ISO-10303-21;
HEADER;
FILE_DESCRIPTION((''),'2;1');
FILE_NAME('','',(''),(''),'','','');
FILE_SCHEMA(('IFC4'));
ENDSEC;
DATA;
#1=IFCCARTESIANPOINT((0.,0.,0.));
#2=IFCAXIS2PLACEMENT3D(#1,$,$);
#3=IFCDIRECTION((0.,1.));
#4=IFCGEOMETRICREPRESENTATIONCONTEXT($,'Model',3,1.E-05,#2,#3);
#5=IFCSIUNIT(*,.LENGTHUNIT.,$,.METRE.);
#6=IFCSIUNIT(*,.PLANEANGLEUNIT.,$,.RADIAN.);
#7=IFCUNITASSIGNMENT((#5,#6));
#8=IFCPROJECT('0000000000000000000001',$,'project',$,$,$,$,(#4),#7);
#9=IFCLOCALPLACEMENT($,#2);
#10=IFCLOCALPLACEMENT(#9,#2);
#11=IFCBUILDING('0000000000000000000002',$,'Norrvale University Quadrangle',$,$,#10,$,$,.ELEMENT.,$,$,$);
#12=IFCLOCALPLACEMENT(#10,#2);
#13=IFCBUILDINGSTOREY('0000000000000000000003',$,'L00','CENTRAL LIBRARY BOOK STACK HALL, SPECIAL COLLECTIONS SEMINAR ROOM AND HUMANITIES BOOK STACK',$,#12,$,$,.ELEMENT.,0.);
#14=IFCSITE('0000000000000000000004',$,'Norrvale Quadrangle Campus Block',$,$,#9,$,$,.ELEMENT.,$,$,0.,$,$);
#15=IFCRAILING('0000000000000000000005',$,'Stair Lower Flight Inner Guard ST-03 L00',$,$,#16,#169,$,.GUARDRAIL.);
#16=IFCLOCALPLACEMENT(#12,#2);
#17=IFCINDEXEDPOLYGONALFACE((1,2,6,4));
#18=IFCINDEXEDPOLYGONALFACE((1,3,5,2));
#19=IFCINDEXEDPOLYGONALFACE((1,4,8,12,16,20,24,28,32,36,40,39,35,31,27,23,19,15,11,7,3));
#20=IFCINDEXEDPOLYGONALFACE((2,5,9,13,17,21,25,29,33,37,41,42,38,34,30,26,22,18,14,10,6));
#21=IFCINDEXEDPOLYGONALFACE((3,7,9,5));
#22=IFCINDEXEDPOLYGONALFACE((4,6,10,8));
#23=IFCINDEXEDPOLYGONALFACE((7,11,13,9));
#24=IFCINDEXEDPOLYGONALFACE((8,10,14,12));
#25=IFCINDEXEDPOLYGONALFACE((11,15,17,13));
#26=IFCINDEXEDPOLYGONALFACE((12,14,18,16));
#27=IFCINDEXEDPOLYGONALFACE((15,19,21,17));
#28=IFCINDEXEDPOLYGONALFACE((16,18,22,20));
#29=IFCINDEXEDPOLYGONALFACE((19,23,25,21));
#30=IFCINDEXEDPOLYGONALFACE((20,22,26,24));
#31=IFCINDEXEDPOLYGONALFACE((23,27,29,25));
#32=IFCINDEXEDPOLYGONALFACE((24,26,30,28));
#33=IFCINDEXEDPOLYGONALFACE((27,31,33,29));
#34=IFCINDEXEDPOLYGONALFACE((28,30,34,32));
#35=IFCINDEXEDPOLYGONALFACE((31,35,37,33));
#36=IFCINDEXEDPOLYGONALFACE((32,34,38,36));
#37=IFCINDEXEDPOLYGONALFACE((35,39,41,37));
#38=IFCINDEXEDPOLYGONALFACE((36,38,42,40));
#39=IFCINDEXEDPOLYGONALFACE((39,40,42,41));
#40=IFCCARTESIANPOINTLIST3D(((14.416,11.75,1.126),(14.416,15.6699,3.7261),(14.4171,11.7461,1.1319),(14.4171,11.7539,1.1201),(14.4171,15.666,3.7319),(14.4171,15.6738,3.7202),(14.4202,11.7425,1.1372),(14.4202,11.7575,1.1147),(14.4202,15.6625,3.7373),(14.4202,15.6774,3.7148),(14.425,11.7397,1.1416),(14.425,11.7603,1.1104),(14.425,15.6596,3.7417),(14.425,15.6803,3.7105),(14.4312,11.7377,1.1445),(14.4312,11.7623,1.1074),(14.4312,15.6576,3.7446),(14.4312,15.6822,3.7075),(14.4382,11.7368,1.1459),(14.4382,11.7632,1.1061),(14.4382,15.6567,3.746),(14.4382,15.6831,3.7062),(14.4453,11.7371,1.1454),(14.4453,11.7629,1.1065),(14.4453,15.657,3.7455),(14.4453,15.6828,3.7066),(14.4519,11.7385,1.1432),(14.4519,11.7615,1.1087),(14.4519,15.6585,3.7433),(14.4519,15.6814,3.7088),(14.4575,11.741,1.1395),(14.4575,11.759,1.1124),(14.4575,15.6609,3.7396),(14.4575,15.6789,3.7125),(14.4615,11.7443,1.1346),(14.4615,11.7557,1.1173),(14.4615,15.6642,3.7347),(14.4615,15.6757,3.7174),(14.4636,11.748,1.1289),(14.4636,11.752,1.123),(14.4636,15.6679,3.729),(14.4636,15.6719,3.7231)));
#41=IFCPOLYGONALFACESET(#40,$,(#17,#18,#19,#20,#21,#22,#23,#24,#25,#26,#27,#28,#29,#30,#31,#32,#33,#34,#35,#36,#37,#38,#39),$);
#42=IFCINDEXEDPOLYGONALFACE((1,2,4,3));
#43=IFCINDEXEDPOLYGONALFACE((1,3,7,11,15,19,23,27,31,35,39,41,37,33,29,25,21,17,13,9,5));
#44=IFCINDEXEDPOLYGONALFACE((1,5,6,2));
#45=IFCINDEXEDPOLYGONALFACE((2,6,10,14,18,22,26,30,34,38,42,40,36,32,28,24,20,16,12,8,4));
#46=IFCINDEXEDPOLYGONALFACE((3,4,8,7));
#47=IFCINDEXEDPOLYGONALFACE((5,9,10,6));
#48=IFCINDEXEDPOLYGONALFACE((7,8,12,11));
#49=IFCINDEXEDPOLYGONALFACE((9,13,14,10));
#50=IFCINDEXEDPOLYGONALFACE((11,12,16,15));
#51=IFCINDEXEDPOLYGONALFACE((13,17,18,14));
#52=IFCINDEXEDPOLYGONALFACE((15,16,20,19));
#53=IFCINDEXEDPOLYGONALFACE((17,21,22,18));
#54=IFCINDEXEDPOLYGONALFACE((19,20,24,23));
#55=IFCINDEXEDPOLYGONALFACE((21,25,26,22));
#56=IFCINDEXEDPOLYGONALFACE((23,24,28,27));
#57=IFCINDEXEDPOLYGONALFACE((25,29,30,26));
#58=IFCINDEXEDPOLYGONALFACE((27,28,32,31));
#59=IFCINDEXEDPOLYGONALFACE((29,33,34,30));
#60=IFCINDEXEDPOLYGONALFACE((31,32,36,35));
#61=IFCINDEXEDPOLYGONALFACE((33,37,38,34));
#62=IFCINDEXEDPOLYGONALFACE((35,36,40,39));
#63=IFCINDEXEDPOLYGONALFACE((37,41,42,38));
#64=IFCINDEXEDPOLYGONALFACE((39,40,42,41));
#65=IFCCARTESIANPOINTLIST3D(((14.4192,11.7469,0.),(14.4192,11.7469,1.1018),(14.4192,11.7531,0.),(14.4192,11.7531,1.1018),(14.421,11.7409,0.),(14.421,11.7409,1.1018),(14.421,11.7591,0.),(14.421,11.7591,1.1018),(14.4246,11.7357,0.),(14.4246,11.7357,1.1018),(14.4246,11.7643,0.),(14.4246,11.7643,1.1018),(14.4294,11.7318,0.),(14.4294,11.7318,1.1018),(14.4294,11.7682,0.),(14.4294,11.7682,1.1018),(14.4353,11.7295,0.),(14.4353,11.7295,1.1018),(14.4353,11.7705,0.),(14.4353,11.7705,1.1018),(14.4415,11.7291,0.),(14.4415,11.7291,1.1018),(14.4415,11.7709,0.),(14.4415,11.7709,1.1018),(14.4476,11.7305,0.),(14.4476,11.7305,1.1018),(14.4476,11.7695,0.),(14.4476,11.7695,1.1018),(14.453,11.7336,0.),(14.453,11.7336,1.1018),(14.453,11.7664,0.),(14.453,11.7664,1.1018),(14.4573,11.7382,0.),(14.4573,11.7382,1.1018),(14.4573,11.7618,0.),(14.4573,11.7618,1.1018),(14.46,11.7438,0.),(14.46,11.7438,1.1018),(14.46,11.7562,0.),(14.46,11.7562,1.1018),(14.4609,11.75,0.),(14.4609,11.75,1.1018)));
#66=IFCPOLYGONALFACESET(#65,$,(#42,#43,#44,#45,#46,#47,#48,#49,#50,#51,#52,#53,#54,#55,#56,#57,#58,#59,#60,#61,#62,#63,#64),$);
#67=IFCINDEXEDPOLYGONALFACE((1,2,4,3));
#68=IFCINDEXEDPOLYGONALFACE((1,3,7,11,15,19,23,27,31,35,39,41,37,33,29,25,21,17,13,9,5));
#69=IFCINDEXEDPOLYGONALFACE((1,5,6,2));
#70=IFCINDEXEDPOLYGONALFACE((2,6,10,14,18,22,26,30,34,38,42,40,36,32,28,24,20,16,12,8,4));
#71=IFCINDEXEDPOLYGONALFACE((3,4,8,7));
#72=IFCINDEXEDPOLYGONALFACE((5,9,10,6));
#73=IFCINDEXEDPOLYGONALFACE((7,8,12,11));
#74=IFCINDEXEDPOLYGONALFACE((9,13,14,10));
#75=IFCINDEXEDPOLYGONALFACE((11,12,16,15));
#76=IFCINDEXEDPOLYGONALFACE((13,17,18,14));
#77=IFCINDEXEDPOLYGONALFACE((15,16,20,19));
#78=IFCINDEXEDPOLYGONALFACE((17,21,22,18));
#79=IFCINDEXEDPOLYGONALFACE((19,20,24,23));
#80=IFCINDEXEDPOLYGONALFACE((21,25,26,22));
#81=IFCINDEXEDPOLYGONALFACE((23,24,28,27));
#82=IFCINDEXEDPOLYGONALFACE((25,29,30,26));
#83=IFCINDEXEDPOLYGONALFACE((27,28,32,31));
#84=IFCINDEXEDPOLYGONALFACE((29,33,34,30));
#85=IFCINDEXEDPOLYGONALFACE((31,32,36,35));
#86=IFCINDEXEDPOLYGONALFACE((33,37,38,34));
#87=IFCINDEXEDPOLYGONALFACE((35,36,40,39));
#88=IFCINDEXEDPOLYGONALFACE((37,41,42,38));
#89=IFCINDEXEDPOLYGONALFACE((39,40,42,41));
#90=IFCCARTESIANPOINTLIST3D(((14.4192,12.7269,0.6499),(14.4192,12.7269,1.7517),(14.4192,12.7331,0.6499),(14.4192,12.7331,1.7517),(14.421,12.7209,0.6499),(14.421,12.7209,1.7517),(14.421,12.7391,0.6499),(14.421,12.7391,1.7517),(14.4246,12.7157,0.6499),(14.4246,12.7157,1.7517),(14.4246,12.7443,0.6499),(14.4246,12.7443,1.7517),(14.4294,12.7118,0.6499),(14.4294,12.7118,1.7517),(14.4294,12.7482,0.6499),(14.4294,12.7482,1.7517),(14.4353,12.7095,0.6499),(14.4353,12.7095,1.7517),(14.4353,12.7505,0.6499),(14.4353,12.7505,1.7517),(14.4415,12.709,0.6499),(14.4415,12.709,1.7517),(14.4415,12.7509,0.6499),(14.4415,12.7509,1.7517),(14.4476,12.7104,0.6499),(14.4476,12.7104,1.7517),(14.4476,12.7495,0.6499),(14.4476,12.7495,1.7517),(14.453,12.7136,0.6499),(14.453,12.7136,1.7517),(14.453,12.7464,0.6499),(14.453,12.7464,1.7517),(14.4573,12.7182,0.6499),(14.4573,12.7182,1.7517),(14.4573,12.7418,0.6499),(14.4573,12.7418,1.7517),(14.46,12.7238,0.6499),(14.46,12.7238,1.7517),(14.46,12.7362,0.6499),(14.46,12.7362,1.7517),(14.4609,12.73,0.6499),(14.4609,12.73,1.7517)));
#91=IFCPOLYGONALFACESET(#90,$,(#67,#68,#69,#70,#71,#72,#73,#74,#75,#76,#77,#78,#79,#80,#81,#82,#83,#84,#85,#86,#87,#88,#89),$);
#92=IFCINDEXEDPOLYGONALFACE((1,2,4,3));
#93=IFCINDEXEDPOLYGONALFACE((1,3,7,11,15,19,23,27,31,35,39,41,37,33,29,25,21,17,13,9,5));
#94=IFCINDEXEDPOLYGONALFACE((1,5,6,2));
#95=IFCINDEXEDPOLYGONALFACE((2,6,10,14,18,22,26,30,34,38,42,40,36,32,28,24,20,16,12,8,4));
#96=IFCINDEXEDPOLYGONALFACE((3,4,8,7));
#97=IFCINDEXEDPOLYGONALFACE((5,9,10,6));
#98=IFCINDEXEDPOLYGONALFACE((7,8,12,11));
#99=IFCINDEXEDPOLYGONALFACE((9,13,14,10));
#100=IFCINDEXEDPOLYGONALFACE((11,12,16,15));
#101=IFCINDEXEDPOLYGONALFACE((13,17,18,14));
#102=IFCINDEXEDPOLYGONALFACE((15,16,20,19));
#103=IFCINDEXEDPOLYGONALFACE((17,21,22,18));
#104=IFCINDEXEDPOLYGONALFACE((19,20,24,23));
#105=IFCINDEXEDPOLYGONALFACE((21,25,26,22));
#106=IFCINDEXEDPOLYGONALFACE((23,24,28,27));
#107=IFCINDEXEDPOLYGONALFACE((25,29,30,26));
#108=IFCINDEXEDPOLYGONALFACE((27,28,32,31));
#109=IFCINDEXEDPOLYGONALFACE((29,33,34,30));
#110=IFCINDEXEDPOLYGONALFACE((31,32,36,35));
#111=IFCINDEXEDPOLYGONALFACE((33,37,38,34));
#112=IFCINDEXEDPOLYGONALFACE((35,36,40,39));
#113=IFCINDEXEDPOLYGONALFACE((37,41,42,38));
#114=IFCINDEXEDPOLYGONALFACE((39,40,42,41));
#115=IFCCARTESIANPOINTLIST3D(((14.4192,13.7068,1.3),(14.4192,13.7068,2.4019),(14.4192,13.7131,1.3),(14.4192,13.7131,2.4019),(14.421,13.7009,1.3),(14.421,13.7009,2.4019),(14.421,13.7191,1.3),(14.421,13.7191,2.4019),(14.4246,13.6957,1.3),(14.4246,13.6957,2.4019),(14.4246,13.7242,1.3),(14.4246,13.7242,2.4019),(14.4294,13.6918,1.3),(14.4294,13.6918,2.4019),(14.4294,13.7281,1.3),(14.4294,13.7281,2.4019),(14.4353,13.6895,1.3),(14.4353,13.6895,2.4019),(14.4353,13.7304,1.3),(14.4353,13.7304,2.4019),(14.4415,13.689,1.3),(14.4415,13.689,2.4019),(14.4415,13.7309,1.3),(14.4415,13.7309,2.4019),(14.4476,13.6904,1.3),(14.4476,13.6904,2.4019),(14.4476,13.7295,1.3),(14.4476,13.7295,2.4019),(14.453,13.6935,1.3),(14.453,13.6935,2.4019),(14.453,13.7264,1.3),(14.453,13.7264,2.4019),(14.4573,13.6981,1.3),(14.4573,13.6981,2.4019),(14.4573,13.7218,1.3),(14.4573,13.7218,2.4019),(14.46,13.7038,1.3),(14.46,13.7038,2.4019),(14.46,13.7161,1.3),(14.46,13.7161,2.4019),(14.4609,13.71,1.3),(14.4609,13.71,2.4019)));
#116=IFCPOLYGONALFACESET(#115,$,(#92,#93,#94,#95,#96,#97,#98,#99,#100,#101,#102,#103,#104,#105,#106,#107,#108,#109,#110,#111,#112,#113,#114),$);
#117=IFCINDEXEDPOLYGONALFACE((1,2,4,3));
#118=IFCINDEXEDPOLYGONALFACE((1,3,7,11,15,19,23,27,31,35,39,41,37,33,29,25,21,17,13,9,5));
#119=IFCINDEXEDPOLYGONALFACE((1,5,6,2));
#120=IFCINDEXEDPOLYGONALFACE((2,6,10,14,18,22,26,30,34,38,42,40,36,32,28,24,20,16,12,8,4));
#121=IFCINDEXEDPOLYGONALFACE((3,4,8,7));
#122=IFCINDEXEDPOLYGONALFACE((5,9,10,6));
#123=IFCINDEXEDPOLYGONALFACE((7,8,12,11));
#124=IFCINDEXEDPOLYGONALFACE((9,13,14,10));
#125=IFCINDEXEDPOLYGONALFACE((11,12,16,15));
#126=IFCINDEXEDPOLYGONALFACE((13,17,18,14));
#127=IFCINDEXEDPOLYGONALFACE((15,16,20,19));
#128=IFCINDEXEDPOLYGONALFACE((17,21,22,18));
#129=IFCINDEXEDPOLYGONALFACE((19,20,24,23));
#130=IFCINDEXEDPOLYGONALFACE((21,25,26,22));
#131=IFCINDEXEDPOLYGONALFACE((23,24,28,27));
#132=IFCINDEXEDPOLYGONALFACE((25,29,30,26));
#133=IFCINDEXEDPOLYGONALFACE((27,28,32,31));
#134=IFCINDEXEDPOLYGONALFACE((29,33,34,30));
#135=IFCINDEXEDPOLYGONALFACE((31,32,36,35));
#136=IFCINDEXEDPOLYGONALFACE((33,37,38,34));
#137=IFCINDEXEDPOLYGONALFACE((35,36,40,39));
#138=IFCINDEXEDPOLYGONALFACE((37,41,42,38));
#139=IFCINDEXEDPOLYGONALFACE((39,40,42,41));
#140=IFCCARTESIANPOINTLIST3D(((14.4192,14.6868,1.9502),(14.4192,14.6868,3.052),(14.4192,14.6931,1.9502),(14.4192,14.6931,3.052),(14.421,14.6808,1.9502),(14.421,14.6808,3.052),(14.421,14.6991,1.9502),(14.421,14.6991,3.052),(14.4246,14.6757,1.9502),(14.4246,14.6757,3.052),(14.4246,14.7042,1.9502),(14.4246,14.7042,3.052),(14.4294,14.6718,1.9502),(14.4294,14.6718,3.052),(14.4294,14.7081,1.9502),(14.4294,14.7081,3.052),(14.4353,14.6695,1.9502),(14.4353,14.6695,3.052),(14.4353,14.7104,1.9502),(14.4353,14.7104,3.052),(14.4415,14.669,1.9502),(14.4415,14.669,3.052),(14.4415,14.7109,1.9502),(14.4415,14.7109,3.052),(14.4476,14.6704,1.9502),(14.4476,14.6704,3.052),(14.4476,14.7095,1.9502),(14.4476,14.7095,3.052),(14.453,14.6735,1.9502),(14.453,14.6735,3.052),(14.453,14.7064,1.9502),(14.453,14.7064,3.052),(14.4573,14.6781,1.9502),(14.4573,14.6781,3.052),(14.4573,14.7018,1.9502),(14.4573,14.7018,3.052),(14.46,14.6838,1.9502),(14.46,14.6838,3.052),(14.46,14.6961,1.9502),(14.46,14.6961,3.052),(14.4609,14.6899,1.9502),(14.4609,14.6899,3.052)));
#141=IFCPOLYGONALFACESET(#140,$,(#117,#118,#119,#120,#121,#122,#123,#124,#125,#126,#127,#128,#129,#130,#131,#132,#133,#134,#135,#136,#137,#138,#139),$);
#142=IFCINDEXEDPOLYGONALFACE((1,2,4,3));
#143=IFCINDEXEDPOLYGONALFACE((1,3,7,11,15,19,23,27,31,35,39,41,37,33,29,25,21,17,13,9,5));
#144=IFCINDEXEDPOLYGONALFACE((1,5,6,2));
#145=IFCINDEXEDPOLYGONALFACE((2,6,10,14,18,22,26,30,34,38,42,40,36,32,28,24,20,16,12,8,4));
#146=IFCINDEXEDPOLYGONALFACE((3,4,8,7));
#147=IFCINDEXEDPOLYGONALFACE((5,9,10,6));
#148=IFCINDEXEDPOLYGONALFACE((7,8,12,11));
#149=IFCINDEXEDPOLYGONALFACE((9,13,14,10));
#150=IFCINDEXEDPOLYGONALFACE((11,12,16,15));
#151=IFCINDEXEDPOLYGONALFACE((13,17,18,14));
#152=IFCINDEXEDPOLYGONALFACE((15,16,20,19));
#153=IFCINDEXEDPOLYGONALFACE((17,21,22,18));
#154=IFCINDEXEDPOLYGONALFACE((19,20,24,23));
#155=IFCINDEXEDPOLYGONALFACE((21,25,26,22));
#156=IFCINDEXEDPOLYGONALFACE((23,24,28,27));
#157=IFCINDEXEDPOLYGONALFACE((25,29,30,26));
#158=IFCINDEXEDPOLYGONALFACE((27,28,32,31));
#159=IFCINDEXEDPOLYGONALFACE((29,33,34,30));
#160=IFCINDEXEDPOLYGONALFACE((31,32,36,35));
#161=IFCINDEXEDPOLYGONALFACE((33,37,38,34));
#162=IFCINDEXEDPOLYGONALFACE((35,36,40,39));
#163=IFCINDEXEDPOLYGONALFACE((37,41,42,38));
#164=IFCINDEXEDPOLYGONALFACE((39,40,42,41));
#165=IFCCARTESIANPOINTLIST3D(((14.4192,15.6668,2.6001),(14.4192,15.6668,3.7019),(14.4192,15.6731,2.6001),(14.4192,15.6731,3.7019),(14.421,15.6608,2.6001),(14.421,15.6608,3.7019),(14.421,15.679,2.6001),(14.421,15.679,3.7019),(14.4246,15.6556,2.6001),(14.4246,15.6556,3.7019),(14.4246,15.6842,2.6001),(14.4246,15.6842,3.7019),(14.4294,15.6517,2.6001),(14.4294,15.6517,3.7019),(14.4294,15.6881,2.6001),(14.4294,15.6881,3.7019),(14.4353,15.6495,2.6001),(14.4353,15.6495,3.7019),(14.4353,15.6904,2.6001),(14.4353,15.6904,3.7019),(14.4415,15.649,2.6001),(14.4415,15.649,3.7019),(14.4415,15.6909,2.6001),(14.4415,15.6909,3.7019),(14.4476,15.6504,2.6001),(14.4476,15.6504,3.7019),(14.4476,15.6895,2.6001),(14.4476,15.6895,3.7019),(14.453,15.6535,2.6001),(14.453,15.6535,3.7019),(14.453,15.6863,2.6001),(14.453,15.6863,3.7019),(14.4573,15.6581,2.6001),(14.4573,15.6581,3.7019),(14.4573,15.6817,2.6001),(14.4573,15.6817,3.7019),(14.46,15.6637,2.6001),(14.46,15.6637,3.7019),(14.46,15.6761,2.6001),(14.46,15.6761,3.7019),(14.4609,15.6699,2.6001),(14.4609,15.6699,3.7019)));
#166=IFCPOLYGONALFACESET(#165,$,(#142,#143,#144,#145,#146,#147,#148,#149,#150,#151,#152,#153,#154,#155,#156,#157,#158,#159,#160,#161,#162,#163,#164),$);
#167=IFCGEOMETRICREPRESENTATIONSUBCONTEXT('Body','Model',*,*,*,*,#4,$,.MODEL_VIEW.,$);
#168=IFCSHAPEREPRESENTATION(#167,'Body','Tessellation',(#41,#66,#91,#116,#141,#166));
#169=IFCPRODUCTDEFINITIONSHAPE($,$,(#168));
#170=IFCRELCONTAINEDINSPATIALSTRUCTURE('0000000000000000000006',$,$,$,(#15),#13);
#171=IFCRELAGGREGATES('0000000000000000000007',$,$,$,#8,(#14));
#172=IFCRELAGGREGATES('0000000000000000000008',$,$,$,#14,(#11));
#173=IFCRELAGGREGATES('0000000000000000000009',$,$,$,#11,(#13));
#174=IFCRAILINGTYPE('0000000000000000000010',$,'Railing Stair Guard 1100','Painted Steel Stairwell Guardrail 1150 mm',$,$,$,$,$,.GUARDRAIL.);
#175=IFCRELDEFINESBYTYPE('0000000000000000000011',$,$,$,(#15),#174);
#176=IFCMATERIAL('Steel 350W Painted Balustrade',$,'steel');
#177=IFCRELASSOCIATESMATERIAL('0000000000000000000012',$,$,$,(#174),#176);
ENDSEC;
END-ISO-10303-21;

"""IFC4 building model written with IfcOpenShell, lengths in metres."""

from ifc_helpers import new_model, si_unit, direction, frame, origin, origin_2d, place, context, subcontext, project, spatial, circle, extrude, material, type_object, element, save


model = new_model("IFC4")

# Units and contexts
model_context = context("Model", 3, precision=1e-05, world=origin(), true_north=direction((0.0, 1.0)))
body_context = subcontext(model_context, "Body", "Model", "MODEL_VIEW")
ifc_project = project(units=[si_unit("LENGTHUNIT", "METRE"), si_unit("PLANEANGLEUNIT", "RADIAN")], contexts=[model_context])

# Site, building, storey
site_placement = place(None, origin())
site = spatial("IfcSite", under=ifc_project, at=site_placement, Name="Norrvale Quadrangle Campus Block", CompositionType="ELEMENT", RefElevation=0.0)
building_placement = place(site_placement, origin())
building = spatial("IfcBuilding", under=site, at=building_placement, Name="Norrvale University Quadrangle", CompositionType="ELEMENT")
storey_placement = place(building_placement, origin())
storey = spatial("IfcBuildingStorey", under=building, at=storey_placement, Name="L00", Description="CENTRAL LIBRARY BOOK STACK HALL, SPECIAL COLLECTIONS SEMINAR ROOM AND HUMANITIES BOOK STACK", CompositionType="ELEMENT", Elevation=0.0)

# Railing
ifc_material_1 = material(Name="Steel 350W Painted Balustrade", Category="steel")
railing_type_1 = type_object("IfcRailingType", Name="Railing Stair Guard 1100", Description="Painted Steel Stairwell Guardrail 1150 mm", PredefinedType="GUARDRAIL", material=ifc_material_1)
railing_1_placement = place(storey_placement, frame((14.4399, 11.75, 0.0)))
element("IfcRailing", 1, at=railing_1_placement, inside=storey, type_object=railing_type_1, Name="Stair Lower Flight Inner Guard ST-03 L00", PredefinedType="GUARDRAIL", context=body_context, shape_type="SweptSolid", body=[
    extrude(circle(Radius=0.0239, at=origin_2d()), frame((0.0, 0.0, 1.126), z_axis=(0.0, 0.833342, 0.552758), x_axis=(-1.0, 0.0, 0.0)), (0.0, 0.0, 1.0), 4.7039),
    extrude(circle(Radius=0.021, at=origin_2d()), origin(), (0.0, 0.0, 1.0), 1.1018),
    extrude(circle(Radius=0.021, at=origin_2d()), frame((0.0, 0.98, 0.6499)), (0.0, 0.0, 1.0), 1.1018),
    extrude(circle(Radius=0.021, at=origin_2d()), frame((0.0, 1.96, 1.3)), (0.0, 0.0, 1.0), 1.1018),
    extrude(circle(Radius=0.021, at=origin_2d()), frame((0.0, 2.9399, 1.9502)), (0.0, 0.0, 1.0), 1.1018),
    extrude(circle(Radius=0.021, at=origin_2d()), frame((0.0, 3.9199, 2.6001)), (0.0, 0.0, 1.0), 1.1018),
])

save(model, "model.ifc")
